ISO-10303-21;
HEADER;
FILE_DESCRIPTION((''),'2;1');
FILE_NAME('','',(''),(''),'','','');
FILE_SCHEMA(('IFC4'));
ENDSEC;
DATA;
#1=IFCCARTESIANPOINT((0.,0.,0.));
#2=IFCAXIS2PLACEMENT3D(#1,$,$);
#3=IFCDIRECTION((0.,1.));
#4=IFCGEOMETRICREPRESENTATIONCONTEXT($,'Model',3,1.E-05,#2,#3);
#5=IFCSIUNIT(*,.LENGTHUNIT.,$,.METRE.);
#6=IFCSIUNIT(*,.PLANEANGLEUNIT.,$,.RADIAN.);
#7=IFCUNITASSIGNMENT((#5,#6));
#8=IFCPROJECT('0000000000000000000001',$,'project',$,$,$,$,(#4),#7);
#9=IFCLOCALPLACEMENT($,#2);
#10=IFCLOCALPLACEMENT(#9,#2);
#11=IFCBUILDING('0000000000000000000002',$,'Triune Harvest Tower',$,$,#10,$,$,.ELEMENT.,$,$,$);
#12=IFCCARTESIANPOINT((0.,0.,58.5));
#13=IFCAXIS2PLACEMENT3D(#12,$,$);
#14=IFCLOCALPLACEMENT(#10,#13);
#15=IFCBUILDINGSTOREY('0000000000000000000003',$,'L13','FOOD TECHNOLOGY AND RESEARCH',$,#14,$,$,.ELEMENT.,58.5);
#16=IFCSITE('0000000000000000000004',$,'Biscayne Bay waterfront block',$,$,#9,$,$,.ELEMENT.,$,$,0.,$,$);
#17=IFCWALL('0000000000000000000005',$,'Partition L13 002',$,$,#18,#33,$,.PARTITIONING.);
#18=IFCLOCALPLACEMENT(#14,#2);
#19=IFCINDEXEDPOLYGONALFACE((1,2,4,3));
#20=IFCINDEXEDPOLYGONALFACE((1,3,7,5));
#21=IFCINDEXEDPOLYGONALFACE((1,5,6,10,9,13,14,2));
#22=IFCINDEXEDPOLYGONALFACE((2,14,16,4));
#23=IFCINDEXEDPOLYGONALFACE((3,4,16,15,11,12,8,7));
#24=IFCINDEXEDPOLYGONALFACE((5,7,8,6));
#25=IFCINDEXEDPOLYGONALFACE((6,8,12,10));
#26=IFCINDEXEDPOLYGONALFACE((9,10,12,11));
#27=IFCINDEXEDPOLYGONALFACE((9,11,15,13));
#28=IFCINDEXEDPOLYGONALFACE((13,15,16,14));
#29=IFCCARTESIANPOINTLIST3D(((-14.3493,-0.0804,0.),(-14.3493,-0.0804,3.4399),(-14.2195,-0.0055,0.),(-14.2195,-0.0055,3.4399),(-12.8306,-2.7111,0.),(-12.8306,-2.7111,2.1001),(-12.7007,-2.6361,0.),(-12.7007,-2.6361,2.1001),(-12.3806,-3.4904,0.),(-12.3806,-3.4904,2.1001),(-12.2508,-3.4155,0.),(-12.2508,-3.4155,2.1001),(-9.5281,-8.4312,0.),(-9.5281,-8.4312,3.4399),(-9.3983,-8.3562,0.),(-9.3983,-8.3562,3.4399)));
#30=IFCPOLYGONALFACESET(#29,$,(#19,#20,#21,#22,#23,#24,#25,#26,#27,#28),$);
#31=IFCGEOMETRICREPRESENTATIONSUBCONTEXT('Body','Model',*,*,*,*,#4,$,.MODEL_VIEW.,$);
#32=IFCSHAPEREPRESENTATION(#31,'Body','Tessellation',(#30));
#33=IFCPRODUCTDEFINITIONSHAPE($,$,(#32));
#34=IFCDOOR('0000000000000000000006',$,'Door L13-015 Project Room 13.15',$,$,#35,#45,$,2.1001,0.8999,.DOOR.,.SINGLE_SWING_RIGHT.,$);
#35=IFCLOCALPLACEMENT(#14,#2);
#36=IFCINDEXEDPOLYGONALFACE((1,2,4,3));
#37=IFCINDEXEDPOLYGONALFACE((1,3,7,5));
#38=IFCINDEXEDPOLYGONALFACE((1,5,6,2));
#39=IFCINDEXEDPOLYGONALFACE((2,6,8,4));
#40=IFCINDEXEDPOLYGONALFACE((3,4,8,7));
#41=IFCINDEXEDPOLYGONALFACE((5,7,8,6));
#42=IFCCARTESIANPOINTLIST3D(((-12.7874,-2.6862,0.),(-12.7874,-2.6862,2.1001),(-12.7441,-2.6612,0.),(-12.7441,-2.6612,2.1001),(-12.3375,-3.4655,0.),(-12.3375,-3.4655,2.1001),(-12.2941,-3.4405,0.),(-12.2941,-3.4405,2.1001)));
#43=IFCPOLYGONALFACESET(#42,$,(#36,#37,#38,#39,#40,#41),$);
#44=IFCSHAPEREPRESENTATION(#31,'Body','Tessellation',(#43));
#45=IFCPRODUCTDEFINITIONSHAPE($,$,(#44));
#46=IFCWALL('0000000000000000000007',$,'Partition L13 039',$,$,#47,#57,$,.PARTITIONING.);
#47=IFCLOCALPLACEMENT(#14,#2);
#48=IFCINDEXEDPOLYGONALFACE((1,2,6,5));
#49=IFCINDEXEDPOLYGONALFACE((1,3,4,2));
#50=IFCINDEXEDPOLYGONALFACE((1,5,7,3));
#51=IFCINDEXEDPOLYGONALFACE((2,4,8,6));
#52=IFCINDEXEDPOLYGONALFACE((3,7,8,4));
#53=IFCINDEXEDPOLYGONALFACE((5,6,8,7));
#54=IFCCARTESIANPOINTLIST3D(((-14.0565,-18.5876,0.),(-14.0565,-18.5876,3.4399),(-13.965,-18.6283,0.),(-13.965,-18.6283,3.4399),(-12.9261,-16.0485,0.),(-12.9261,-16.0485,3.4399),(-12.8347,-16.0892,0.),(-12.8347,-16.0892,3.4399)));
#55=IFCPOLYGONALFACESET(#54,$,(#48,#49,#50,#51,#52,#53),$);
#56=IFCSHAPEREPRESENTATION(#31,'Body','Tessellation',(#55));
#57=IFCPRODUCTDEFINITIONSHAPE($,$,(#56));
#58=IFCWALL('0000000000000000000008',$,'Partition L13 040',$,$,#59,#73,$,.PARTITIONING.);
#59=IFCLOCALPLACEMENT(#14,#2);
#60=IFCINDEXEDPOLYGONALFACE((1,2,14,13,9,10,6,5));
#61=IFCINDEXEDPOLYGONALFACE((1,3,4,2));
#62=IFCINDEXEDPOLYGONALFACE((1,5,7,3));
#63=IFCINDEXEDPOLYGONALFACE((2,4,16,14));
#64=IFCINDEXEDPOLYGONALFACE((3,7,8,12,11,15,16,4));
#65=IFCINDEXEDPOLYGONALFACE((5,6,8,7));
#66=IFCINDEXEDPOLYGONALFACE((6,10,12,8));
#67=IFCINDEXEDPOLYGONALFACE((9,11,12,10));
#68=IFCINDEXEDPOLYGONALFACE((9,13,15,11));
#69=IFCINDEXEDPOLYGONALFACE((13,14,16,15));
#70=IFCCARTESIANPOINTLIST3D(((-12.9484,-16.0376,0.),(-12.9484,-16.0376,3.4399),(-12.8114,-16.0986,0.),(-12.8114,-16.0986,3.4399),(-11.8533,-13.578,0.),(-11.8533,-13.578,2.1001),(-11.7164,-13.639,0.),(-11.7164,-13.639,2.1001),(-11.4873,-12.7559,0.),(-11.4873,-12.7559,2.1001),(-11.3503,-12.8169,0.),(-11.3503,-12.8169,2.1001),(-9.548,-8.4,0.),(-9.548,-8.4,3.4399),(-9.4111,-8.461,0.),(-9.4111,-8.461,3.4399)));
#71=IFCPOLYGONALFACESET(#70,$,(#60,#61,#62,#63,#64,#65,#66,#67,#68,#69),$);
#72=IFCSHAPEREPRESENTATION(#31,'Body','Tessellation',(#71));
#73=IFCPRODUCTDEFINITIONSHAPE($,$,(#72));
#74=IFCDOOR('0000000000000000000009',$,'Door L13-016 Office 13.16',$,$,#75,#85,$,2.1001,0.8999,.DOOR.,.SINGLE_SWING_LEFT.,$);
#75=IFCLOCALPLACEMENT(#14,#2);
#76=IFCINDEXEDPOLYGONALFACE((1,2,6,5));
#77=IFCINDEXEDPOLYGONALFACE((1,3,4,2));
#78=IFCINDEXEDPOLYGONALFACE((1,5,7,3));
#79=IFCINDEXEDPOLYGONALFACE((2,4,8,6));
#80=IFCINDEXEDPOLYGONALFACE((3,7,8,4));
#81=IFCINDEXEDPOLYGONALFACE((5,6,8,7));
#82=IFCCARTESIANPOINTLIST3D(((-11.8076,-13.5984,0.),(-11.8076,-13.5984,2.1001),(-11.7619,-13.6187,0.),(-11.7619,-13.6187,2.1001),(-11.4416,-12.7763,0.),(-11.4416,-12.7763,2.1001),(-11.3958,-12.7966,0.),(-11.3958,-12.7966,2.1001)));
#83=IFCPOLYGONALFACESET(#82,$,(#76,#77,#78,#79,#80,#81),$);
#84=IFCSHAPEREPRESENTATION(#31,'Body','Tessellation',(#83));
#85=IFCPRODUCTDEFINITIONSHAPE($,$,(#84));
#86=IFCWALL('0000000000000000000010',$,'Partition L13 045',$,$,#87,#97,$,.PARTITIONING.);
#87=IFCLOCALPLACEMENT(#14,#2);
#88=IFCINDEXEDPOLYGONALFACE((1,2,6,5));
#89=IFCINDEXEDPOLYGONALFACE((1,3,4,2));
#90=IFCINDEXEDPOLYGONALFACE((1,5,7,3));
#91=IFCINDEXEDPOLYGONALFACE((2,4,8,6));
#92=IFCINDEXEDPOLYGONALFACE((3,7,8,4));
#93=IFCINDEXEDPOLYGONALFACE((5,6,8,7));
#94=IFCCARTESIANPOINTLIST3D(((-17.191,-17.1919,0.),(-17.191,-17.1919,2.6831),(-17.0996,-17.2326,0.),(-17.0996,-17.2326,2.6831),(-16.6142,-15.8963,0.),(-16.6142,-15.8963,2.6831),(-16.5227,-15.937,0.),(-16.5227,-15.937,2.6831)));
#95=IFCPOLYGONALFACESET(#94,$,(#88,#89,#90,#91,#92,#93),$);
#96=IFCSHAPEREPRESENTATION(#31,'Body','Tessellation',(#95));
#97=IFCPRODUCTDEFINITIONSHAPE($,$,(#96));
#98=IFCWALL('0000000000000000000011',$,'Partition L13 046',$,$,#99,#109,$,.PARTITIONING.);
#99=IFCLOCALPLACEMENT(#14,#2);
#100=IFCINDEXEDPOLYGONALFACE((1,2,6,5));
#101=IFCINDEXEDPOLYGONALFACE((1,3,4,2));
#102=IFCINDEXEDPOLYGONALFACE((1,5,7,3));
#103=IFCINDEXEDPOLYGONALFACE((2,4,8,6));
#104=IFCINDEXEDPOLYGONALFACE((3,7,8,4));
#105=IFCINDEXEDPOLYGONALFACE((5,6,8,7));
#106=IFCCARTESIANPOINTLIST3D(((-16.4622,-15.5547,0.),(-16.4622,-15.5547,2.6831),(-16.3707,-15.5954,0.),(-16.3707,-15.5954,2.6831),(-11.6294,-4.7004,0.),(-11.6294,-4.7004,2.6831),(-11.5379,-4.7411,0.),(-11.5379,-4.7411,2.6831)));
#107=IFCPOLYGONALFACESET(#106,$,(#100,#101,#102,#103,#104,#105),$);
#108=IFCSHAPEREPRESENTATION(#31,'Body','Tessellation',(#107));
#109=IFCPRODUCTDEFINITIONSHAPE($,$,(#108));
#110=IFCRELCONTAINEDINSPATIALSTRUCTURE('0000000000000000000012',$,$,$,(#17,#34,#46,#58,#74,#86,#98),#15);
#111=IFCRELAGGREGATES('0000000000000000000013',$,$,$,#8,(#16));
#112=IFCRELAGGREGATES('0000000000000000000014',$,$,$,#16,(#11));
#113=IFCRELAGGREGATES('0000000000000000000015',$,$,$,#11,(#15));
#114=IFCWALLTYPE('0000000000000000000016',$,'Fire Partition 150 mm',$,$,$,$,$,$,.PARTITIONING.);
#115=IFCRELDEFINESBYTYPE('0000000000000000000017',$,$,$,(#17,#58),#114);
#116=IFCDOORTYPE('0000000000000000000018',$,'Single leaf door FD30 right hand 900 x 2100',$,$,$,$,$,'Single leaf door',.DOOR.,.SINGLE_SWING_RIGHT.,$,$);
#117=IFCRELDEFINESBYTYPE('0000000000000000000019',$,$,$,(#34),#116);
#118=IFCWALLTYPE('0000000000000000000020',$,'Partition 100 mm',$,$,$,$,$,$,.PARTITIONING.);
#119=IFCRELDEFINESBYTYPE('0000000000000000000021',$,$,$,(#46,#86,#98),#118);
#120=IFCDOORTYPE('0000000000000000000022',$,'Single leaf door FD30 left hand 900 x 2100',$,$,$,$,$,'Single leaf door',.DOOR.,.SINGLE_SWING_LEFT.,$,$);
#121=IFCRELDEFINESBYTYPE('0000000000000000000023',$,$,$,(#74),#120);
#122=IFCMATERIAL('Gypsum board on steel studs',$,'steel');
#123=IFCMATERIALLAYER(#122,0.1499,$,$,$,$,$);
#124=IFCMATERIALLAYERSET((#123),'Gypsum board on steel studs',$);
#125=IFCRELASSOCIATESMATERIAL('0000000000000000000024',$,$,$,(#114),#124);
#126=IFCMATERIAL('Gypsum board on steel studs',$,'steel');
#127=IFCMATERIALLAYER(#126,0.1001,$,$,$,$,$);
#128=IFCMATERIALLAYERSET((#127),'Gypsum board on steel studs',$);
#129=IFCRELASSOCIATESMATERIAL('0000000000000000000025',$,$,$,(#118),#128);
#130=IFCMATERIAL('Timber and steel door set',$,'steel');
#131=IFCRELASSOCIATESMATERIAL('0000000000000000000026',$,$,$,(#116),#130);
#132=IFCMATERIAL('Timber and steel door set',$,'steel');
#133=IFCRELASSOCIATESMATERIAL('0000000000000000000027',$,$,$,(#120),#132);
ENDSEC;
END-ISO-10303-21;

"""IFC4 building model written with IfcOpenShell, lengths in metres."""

from ifc_helpers import new_model, si_unit, direction, frame, frame_2d, origin, place, context, subcontext, project, spatial, rectangle, extrude, source, transform, mapped, material, layer, layer_set, type_object, element, fill, save


model = new_model("IFC4")

# Units and contexts
model_context = context("Model", 3, precision=1e-05, world=origin(), true_north=direction((0.0, 1.0)))
body_context = subcontext(model_context, "Body", "Model", "MODEL_VIEW")
ifc_project = project(units=[si_unit("LENGTHUNIT", "METRE"), si_unit("PLANEANGLEUNIT", "RADIAN")], contexts=[model_context])

# Site, building, storey
site_placement = place(None, origin())
site = spatial("IfcSite", under=ifc_project, at=site_placement, Name="Biscayne Bay waterfront block", CompositionType="ELEMENT", RefElevation=0.0)
building_placement = place(site_placement, origin())
building = spatial("IfcBuilding", under=site, at=building_placement, Name="Triune Harvest Tower", CompositionType="ELEMENT")
storey_placement = place(building_placement, frame((0.0, 0.0, 58.5)))
storey = spatial("IfcBuildingStorey", under=building, at=storey_placement, Name="L13", Description="FOOD TECHNOLOGY AND RESEARCH", CompositionType="ELEMENT", Elevation=58.5)

# Shared definitions
ifc_material_1 = material(Name="Gypsum board on steel studs", Category="steel")
ifc_layer_1 = layer(ifc_material_1, 0.1499)
ifc_layer_set_1 = layer_set([ifc_layer_1], Name="Gypsum board on steel studs")
wall_type_1 = type_object("IfcWallType", Name="Fire Partition 150 mm", PredefinedType="PARTITIONING", material=ifc_layer_set_1)
ifc_material_2 = material(Name="Gypsum board on steel studs", Category="steel")
ifc_layer_2 = layer(ifc_material_2, 0.1001)
ifc_layer_set_2 = layer_set([ifc_layer_2], Name="Gypsum board on steel studs")
wall_type_2 = type_object("IfcWallType", Name="Partition 100 mm", PredefinedType="PARTITIONING", material=ifc_layer_set_2)

# Wall, opening, door
shared_shape_1 = source(origin(), body_context, "Body", "SweptSolid", [
    extrude(rectangle(XDim=9.6426, YDim=0.1499, at=frame_2d((4.8213, 0.0))), origin(), (0.0, 0.0, 1.0), 3.4399),
])
wall_1_placement = place(storey_placement, frame((-14.2844, -0.043, 0.0), z_axis=(0.0, 0.0, 1.0), x_axis=(0.499995, -0.866028, 0.0)))
wall_1 = element("IfcWall", 1, at=wall_1_placement, inside=storey, type_object=wall_type_1, Name="Partition L13 002", PredefinedType="PARTITIONING", context=body_context, shape_type="MappedRepresentation", body=[
    mapped(shared_shape_1, transform((0.0, 0.0, 0.0), scale=1.0)),
])
opening_1_placement = place(wall_1_placement, frame((3.0376, 0.0, 0.0)))
opening_1 = element("IfcOpeningElement", 2, at=opening_1_placement, cuts=wall_1, PredefinedType="OPENING", context=body_context, shape_type="SweptSolid", body=[
    extrude(rectangle(XDim=0.8999, YDim=2.1001, at=frame_2d((0.45, 1.05))), frame((0.0, 0.085, 0.0), z_axis=(0.0, -1.0, 0.0), x_axis=(1.0, 0.0, 0.0)), (0.0, 0.0, 1.0), 0.1699),
])
ifc_material_3 = material(Name="Timber and steel door set", Category="steel")
door_type_1 = type_object("IfcDoorType", Name="Single leaf door FD30 right hand 900 x 2100", ElementType="Single leaf door", OperationType="SINGLE_SWING_RIGHT", PredefinedType="DOOR", material=ifc_material_3)
door_1_placement = place(opening_1_placement, origin())
door_1 = element("IfcDoor", 3, at=door_1_placement, inside=storey, type_object=door_type_1, Name="Door L13-015 Project Room 13.15", OperationType="SINGLE_SWING_RIGHT", OverallHeight=2.1001, OverallWidth=0.8999, PredefinedType="DOOR", context=body_context, shape_type="SweptSolid", body=[
    extrude(rectangle(XDim=0.8999, YDim=2.1001, at=frame_2d((0.45, 1.05))), frame((0.0, 0.0249, 0.0), z_axis=(0.0, -1.0, 0.0), x_axis=(1.0, 0.0, 0.0)), (0.0, 0.0, 1.0), 0.05),
])
fill(opening_1, door_1)

# Wall
shared_shape_2 = source(origin(), body_context, "Body", "SweptSolid", [
    extrude(rectangle(XDim=2.7793, YDim=0.1001, at=frame_2d((1.3896, 0.0))), origin(), (0.0, 0.0, 1.0), 3.4399),
])
wall_2_placement = place(storey_placement, frame((-14.0107, -18.6079, 0.0), z_axis=(0.0, 0.0, 1.0), x_axis=(0.406709, 0.913558, 0.0)))
element("IfcWall", 4, at=wall_2_placement, inside=storey, type_object=wall_type_2, Name="Partition L13 039", PredefinedType="PARTITIONING", context=body_context, shape_type="MappedRepresentation", body=[
    mapped(shared_shape_2, transform((0.0, 0.0, 0.0), scale=1.0)),
])

# Wall, opening, door
shared_shape_3 = source(origin(), body_context, "Body", "SweptSolid", [
    extrude(rectangle(XDim=8.3604, YDim=0.1499, at=frame_2d((4.1802, 0.0))), origin(), (0.0, 0.0, 1.0), 3.4399),
])
wall_3_placement = place(storey_placement, frame((-12.8799, -16.0681, 0.0), z_axis=(0.0, 0.0, 1.0), x_axis=(0.406724, 0.913551, 0.0)))
wall_3 = element("IfcWall", 5, at=wall_3_placement, inside=storey, type_object=wall_type_1, Name="Partition L13 040", PredefinedType="PARTITIONING", context=body_context, shape_type="MappedRepresentation", body=[
    mapped(shared_shape_3, transform((0.0, 0.0, 0.0), scale=1.0)),
])
opening_2_placement = place(wall_3_placement, frame((2.6924, 0.0, 0.0)))
opening_2 = element("IfcOpeningElement", 6, at=opening_2_placement, cuts=wall_3, PredefinedType="OPENING", context=body_context, shape_type="SweptSolid", body=[
    extrude(rectangle(XDim=0.8999, YDim=2.1001, at=frame_2d((0.45, 1.05))), frame((0.0, 0.085, 0.0), z_axis=(0.0, -1.0, 0.0), x_axis=(1.0, 0.0, 0.0)), (0.0, 0.0, 1.0), 0.1699),
])
ifc_material_4 = material(Name="Timber and steel door set", Category="steel")
door_type_2 = type_object("IfcDoorType", Name="Single leaf door FD30 left hand 900 x 2100", ElementType="Single leaf door", OperationType="SINGLE_SWING_LEFT", PredefinedType="DOOR", material=ifc_material_4)
door_2_placement = place(opening_2_placement, origin())
door_2 = element("IfcDoor", 7, at=door_2_placement, inside=storey, type_object=door_type_2, Name="Door L13-016 Office 13.16", OperationType="SINGLE_SWING_LEFT", OverallHeight=2.1001, OverallWidth=0.8999, PredefinedType="DOOR", context=body_context, shape_type="SweptSolid", body=[
    extrude(rectangle(XDim=0.8999, YDim=2.1001, at=frame_2d((0.45, 1.05))), frame((0.0, 0.0249, 0.0), z_axis=(0.0, -1.0, 0.0), x_axis=(1.0, 0.0, 0.0)), (0.0, 0.0, 1.0), 0.05),
])
fill(opening_2, door_2)

# Walls
shared_shape_4 = source(origin(), body_context, "Body", "SweptSolid", [
    extrude(rectangle(XDim=1.4182, YDim=0.1001, at=frame_2d((0.709, 0.0))), origin(), (0.0, 0.0, 1.0), 2.6831),
])
wall_4_placement = place(storey_placement, frame((-17.1453, -17.2122, 0.0), z_axis=(0.0, 0.0, 1.0), x_axis=(0.406761, 0.913534, 0.0)))
element("IfcWall", 8, at=wall_4_placement, inside=storey, type_object=wall_type_2, Name="Partition L13 045", PredefinedType="PARTITIONING", context=body_context, shape_type="MappedRepresentation", body=[
    mapped(shared_shape_4, transform((0.0, 0.0, 0.0), scale=1.0)),
])
shared_shape_5 = source(origin(), body_context, "Body", "SweptSolid", [
    extrude(rectangle(XDim=11.8816, YDim=0.1001, at=frame_2d((5.9409, 0.0))), origin(), (0.0, 0.0, 1.0), 2.6831),
])
wall_5_placement = place(storey_placement, frame((-16.4165, -15.5752, 0.0), z_axis=(0.0, 0.0, 1.0), x_axis=(0.406747, 0.913541, 0.0)))
element("IfcWall", 9, at=wall_5_placement, inside=storey, type_object=wall_type_2, Name="Partition L13 046", PredefinedType="PARTITIONING", context=body_context, shape_type="MappedRepresentation", body=[
    mapped(shared_shape_5, transform((0.0, 0.0, 0.0), scale=1.0)),
])

save(model, "model.ifc")
